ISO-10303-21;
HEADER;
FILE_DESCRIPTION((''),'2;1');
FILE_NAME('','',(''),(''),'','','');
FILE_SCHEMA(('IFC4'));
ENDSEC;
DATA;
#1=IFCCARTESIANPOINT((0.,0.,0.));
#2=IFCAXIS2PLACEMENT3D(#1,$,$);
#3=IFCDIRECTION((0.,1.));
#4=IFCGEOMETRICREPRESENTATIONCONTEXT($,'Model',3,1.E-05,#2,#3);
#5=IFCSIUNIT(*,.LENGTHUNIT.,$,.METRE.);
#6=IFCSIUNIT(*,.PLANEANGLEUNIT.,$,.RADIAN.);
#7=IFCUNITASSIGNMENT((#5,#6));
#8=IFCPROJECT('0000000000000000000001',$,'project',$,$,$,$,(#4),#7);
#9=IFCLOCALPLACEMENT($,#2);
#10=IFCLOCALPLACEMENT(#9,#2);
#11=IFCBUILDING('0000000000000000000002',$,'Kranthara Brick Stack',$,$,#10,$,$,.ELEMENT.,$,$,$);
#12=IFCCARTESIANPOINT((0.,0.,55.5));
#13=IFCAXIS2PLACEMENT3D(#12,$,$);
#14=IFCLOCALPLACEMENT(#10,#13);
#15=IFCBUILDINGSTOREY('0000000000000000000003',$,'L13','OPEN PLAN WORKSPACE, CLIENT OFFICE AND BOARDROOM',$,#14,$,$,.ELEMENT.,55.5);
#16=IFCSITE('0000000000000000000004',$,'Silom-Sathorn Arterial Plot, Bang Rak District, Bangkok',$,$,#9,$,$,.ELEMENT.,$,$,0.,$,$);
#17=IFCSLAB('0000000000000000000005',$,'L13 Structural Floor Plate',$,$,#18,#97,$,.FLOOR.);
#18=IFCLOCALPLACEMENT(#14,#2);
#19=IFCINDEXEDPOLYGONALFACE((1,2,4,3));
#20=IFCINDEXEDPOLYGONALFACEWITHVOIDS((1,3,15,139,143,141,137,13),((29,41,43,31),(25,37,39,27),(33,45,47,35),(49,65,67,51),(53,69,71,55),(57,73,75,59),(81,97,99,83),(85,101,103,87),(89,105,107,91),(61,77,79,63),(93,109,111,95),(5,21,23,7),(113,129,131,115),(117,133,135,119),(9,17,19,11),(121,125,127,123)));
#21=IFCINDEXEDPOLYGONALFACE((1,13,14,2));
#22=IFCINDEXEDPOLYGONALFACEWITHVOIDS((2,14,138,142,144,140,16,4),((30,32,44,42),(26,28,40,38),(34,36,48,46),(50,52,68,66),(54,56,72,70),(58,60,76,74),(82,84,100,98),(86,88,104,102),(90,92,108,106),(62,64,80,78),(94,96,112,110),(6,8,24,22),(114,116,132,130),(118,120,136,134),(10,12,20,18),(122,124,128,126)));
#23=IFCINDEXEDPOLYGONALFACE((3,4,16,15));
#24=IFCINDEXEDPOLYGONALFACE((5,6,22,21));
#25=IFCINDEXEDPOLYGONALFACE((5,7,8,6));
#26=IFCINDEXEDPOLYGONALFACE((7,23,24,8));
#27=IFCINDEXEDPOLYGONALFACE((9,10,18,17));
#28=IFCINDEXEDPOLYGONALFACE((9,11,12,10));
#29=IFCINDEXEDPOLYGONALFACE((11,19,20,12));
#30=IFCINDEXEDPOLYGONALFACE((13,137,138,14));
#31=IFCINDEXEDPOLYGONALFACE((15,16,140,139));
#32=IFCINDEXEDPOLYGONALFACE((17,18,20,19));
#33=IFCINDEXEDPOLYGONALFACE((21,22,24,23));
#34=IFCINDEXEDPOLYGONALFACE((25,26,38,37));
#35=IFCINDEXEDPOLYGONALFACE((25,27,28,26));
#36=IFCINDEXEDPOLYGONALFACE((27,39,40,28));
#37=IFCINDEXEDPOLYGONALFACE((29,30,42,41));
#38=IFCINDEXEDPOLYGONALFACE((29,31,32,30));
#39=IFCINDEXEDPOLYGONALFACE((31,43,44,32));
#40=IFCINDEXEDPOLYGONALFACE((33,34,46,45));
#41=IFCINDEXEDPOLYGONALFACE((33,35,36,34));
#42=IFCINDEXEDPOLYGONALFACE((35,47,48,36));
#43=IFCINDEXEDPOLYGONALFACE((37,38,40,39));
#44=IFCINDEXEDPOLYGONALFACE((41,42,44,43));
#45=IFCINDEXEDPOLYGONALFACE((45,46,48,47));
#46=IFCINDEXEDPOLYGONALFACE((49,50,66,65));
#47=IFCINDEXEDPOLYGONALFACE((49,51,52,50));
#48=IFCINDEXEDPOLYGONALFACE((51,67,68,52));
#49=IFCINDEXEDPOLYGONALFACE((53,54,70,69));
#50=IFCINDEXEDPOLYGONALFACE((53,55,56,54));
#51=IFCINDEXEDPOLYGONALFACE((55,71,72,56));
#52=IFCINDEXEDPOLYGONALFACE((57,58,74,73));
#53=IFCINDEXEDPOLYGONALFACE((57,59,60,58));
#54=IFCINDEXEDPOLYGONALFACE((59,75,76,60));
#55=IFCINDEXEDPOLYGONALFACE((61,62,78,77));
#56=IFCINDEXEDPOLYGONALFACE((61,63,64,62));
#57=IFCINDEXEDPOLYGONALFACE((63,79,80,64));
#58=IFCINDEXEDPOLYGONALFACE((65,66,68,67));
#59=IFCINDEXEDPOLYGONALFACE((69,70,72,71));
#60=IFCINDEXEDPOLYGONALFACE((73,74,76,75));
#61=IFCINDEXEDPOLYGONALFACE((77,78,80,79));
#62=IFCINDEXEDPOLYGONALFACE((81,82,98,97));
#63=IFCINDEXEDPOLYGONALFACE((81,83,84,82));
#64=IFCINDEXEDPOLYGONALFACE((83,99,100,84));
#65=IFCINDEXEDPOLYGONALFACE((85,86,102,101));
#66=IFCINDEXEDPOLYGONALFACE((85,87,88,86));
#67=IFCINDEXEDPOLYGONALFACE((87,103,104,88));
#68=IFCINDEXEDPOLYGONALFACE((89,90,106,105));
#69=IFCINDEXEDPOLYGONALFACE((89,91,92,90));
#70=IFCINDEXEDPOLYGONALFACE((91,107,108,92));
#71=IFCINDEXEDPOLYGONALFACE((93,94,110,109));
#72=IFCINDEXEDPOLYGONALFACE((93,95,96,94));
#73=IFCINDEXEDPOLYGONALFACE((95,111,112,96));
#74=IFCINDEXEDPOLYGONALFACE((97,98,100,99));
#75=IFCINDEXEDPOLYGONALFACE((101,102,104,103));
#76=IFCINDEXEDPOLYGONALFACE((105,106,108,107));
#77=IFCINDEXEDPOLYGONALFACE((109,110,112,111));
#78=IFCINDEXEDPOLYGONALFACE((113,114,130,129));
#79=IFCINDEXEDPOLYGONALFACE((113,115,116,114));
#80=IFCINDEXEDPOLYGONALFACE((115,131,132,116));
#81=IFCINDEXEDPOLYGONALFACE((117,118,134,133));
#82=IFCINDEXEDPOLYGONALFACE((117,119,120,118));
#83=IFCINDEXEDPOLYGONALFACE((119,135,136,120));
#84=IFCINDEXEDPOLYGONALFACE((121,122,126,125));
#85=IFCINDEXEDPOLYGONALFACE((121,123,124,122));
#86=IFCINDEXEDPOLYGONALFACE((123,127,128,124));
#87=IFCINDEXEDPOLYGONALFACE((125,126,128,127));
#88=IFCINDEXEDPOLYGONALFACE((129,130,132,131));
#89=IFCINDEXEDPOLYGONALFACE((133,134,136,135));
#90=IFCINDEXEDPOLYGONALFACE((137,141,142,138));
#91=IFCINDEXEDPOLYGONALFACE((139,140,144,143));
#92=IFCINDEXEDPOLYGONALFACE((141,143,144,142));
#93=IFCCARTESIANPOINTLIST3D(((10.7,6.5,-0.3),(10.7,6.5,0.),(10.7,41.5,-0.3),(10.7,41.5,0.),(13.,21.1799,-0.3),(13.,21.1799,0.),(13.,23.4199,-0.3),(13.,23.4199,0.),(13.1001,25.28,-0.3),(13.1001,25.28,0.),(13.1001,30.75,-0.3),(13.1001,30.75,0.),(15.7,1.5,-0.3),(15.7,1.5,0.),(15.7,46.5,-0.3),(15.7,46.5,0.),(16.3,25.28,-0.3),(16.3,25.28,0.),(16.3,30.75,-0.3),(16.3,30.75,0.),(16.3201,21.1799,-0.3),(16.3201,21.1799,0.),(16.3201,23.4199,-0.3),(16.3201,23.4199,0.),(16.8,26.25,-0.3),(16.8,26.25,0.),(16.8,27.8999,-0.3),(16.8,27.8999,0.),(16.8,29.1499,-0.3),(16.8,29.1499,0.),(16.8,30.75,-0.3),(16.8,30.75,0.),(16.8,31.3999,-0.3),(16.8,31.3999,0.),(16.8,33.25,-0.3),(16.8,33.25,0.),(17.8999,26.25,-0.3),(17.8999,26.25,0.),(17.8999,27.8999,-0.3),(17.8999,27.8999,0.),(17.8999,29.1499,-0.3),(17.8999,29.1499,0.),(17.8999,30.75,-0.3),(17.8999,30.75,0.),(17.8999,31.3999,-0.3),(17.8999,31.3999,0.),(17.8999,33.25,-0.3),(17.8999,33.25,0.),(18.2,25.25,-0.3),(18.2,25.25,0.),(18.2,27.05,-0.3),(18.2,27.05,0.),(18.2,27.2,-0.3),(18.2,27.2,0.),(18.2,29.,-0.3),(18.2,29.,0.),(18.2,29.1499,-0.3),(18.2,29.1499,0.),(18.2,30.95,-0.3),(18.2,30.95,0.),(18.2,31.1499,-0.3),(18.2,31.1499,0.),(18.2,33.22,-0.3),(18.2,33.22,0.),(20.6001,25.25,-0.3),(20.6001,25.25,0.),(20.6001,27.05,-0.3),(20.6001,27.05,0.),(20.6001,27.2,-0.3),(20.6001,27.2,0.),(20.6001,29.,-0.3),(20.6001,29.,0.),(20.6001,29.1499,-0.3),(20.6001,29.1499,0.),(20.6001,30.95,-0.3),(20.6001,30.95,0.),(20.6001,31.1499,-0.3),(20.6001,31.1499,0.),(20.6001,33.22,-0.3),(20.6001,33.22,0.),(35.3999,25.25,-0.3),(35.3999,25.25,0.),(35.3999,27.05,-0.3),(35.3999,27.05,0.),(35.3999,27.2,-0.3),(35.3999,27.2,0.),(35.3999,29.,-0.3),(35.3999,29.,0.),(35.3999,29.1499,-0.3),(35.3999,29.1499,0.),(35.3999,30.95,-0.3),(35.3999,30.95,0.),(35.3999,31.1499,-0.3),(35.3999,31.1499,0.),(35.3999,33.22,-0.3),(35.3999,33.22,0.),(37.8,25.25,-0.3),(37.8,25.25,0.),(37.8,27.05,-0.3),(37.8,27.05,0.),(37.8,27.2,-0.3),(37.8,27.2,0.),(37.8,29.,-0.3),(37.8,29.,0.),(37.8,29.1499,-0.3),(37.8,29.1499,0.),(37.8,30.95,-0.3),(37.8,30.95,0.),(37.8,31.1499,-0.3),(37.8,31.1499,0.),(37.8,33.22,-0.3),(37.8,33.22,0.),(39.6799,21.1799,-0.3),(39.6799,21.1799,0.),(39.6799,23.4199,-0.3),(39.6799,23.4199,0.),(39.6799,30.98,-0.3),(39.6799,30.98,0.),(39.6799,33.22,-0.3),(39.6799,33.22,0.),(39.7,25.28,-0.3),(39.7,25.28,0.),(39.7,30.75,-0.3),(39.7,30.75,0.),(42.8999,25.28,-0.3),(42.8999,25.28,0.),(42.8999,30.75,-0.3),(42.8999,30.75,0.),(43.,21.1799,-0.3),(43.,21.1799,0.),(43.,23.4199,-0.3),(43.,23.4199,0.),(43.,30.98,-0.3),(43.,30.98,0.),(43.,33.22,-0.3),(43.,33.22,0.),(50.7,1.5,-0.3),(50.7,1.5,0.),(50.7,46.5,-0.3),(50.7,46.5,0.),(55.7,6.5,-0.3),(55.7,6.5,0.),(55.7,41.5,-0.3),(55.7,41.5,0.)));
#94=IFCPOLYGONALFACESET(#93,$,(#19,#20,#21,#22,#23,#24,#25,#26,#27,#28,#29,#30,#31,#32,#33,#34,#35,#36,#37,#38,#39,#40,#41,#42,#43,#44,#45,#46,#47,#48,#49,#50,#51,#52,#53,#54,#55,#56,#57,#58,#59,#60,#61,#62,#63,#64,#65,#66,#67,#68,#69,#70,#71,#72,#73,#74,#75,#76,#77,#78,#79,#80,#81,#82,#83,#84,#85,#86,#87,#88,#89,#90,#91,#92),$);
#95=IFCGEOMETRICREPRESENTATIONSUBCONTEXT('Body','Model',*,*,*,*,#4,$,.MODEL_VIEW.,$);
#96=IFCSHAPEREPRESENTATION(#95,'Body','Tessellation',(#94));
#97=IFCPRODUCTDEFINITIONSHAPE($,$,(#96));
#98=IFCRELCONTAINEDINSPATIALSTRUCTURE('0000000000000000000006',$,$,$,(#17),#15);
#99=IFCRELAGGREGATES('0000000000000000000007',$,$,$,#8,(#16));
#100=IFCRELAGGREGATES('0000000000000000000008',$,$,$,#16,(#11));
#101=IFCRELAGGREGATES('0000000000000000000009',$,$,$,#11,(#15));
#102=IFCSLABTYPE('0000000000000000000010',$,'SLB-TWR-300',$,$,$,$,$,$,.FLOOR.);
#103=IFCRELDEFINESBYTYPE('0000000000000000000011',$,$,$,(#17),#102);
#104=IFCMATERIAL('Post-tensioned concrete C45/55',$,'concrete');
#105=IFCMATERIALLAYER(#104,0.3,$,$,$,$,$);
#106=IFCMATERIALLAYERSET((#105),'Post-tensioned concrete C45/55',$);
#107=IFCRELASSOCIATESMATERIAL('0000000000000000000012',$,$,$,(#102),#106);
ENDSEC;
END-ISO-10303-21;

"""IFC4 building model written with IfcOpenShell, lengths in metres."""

from ifc_helpers import new_model, si_unit, direction, frame, origin, place, context, subcontext, project, spatial, polyline, outline, extrude, material, layer, layer_set, type_object, element, save


model = new_model("IFC4")

# Units and contexts
model_context = context("Model", 3, precision=1e-05, world=origin(), true_north=direction((0.0, 1.0)))
body_context = subcontext(model_context, "Body", "Model", "MODEL_VIEW")
ifc_project = project(units=[si_unit("LENGTHUNIT", "METRE"), si_unit("PLANEANGLEUNIT", "RADIAN")], contexts=[model_context])

# Site, building, storey
site_placement = place(None, origin())
site = spatial("IfcSite", under=ifc_project, at=site_placement, Name="Silom-Sathorn Arterial Plot, Bang Rak District, Bangkok", CompositionType="ELEMENT", RefElevation=0.0)
building_placement = place(site_placement, origin())
building = spatial("IfcBuilding", under=site, at=building_placement, Name="Kranthara Brick Stack", CompositionType="ELEMENT")
storey_placement = place(building_placement, frame((0.0, 0.0, 55.5)))
storey = spatial("IfcBuildingStorey", under=building, at=storey_placement, Name="L13", Description="OPEN PLAN WORKSPACE, CLIENT OFFICE AND BOARDROOM", CompositionType="ELEMENT", Elevation=55.5)

# Slab
ifc_material_1 = material(Name="Post-tensioned concrete C45/55", Category="concrete")
ifc_layer_1 = layer(ifc_material_1, 0.3)
ifc_layer_set_1 = layer_set([ifc_layer_1], Name="Post-tensioned concrete C45/55")
slab_type_1 = type_object("IfcSlabType", Name="SLB-TWR-300", PredefinedType="FLOOR", material=ifc_layer_set_1)
slab_1_placement = place(storey_placement, frame((0.0, 0.0, -0.3)))
element("IfcSlab", 1, at=slab_1_placement, inside=storey, type_object=slab_type_1, Name="L13 Structural Floor Plate", PredefinedType="FLOOR", context=body_context, shape_type="SweptSolid", body=[
    extrude(outline(polyline([(15.7, 1.5), (50.7, 1.5), (55.7, 6.5), (55.7, 41.5), (50.7, 46.5), (15.7, 46.5), (10.7, 41.5), (10.7, 6.5), (15.7, 1.5)]), holes=[polyline([(13.1001, 25.28), (16.3, 25.28), (16.3, 30.75), (13.1001, 30.75), (13.1001, 25.28)]), polyline([(39.7, 25.28), (42.8999, 25.28), (42.8999, 30.75), (39.7, 30.75), (39.7, 25.28)]), polyline([(13.0, 21.1799), (16.3201, 21.1799), (16.3201, 23.4199), (13.0, 23.4199), (13.0, 21.1799)]), polyline([(39.6799, 21.1799), (43.0, 21.1799), (43.0, 23.4199), (39.6799, 23.4199), (39.6799, 21.1799)]), polyline([(39.6799, 30.98), (43.0, 30.98), (43.0, 33.22), (39.6799, 33.22), (39.6799, 30.98)]), polyline([(18.2, 25.25), (20.6001, 25.25), (20.6001, 27.05), (18.2, 27.05), (18.2, 25.25)]), polyline([(18.2, 27.2), (20.6001, 27.2), (20.6001, 29.0), (18.2, 29.0), (18.2, 27.2)]), polyline([(18.2, 29.1499), (20.6001, 29.1499), (20.6001, 30.95), (18.2, 30.95), (18.2, 29.1499)]), polyline([(35.3999, 25.25), (37.8, 25.25), (37.8, 27.05), (35.3999, 27.05), (35.3999, 25.25)]), polyline([(35.3999, 27.2), (37.8, 27.2), (37.8, 29.0), (35.3999, 29.0), (35.3999, 27.2)]), polyline([(35.3999, 29.1499), (37.8, 29.1499), (37.8, 30.95), (35.3999, 30.95), (35.3999, 29.1499)]), polyline([(18.2, 31.1499), (20.6001, 31.1499), (20.6001, 33.22), (18.2, 33.22), (18.2, 31.1499)]), polyline([(35.3999, 31.1499), (37.8, 31.1499), (37.8, 33.22), (35.3999, 33.22), (35.3999, 31.1499)]), polyline([(16.8, 26.25), (17.8999, 26.25), (17.8999, 27.8999), (16.8, 27.8999), (16.8, 26.25)]), polyline([(16.8, 29.1499), (17.8999, 29.1499), (17.8999, 30.75), (16.8, 30.75), (16.8, 29.1499)]), polyline([(16.8, 31.3999), (17.8999, 31.3999), (17.8999, 33.25), (16.8, 33.25), (16.8, 31.3999)])]), origin(), (0.0, 0.0, 1.0), 0.3),
])

save(model, "model.ifc")
